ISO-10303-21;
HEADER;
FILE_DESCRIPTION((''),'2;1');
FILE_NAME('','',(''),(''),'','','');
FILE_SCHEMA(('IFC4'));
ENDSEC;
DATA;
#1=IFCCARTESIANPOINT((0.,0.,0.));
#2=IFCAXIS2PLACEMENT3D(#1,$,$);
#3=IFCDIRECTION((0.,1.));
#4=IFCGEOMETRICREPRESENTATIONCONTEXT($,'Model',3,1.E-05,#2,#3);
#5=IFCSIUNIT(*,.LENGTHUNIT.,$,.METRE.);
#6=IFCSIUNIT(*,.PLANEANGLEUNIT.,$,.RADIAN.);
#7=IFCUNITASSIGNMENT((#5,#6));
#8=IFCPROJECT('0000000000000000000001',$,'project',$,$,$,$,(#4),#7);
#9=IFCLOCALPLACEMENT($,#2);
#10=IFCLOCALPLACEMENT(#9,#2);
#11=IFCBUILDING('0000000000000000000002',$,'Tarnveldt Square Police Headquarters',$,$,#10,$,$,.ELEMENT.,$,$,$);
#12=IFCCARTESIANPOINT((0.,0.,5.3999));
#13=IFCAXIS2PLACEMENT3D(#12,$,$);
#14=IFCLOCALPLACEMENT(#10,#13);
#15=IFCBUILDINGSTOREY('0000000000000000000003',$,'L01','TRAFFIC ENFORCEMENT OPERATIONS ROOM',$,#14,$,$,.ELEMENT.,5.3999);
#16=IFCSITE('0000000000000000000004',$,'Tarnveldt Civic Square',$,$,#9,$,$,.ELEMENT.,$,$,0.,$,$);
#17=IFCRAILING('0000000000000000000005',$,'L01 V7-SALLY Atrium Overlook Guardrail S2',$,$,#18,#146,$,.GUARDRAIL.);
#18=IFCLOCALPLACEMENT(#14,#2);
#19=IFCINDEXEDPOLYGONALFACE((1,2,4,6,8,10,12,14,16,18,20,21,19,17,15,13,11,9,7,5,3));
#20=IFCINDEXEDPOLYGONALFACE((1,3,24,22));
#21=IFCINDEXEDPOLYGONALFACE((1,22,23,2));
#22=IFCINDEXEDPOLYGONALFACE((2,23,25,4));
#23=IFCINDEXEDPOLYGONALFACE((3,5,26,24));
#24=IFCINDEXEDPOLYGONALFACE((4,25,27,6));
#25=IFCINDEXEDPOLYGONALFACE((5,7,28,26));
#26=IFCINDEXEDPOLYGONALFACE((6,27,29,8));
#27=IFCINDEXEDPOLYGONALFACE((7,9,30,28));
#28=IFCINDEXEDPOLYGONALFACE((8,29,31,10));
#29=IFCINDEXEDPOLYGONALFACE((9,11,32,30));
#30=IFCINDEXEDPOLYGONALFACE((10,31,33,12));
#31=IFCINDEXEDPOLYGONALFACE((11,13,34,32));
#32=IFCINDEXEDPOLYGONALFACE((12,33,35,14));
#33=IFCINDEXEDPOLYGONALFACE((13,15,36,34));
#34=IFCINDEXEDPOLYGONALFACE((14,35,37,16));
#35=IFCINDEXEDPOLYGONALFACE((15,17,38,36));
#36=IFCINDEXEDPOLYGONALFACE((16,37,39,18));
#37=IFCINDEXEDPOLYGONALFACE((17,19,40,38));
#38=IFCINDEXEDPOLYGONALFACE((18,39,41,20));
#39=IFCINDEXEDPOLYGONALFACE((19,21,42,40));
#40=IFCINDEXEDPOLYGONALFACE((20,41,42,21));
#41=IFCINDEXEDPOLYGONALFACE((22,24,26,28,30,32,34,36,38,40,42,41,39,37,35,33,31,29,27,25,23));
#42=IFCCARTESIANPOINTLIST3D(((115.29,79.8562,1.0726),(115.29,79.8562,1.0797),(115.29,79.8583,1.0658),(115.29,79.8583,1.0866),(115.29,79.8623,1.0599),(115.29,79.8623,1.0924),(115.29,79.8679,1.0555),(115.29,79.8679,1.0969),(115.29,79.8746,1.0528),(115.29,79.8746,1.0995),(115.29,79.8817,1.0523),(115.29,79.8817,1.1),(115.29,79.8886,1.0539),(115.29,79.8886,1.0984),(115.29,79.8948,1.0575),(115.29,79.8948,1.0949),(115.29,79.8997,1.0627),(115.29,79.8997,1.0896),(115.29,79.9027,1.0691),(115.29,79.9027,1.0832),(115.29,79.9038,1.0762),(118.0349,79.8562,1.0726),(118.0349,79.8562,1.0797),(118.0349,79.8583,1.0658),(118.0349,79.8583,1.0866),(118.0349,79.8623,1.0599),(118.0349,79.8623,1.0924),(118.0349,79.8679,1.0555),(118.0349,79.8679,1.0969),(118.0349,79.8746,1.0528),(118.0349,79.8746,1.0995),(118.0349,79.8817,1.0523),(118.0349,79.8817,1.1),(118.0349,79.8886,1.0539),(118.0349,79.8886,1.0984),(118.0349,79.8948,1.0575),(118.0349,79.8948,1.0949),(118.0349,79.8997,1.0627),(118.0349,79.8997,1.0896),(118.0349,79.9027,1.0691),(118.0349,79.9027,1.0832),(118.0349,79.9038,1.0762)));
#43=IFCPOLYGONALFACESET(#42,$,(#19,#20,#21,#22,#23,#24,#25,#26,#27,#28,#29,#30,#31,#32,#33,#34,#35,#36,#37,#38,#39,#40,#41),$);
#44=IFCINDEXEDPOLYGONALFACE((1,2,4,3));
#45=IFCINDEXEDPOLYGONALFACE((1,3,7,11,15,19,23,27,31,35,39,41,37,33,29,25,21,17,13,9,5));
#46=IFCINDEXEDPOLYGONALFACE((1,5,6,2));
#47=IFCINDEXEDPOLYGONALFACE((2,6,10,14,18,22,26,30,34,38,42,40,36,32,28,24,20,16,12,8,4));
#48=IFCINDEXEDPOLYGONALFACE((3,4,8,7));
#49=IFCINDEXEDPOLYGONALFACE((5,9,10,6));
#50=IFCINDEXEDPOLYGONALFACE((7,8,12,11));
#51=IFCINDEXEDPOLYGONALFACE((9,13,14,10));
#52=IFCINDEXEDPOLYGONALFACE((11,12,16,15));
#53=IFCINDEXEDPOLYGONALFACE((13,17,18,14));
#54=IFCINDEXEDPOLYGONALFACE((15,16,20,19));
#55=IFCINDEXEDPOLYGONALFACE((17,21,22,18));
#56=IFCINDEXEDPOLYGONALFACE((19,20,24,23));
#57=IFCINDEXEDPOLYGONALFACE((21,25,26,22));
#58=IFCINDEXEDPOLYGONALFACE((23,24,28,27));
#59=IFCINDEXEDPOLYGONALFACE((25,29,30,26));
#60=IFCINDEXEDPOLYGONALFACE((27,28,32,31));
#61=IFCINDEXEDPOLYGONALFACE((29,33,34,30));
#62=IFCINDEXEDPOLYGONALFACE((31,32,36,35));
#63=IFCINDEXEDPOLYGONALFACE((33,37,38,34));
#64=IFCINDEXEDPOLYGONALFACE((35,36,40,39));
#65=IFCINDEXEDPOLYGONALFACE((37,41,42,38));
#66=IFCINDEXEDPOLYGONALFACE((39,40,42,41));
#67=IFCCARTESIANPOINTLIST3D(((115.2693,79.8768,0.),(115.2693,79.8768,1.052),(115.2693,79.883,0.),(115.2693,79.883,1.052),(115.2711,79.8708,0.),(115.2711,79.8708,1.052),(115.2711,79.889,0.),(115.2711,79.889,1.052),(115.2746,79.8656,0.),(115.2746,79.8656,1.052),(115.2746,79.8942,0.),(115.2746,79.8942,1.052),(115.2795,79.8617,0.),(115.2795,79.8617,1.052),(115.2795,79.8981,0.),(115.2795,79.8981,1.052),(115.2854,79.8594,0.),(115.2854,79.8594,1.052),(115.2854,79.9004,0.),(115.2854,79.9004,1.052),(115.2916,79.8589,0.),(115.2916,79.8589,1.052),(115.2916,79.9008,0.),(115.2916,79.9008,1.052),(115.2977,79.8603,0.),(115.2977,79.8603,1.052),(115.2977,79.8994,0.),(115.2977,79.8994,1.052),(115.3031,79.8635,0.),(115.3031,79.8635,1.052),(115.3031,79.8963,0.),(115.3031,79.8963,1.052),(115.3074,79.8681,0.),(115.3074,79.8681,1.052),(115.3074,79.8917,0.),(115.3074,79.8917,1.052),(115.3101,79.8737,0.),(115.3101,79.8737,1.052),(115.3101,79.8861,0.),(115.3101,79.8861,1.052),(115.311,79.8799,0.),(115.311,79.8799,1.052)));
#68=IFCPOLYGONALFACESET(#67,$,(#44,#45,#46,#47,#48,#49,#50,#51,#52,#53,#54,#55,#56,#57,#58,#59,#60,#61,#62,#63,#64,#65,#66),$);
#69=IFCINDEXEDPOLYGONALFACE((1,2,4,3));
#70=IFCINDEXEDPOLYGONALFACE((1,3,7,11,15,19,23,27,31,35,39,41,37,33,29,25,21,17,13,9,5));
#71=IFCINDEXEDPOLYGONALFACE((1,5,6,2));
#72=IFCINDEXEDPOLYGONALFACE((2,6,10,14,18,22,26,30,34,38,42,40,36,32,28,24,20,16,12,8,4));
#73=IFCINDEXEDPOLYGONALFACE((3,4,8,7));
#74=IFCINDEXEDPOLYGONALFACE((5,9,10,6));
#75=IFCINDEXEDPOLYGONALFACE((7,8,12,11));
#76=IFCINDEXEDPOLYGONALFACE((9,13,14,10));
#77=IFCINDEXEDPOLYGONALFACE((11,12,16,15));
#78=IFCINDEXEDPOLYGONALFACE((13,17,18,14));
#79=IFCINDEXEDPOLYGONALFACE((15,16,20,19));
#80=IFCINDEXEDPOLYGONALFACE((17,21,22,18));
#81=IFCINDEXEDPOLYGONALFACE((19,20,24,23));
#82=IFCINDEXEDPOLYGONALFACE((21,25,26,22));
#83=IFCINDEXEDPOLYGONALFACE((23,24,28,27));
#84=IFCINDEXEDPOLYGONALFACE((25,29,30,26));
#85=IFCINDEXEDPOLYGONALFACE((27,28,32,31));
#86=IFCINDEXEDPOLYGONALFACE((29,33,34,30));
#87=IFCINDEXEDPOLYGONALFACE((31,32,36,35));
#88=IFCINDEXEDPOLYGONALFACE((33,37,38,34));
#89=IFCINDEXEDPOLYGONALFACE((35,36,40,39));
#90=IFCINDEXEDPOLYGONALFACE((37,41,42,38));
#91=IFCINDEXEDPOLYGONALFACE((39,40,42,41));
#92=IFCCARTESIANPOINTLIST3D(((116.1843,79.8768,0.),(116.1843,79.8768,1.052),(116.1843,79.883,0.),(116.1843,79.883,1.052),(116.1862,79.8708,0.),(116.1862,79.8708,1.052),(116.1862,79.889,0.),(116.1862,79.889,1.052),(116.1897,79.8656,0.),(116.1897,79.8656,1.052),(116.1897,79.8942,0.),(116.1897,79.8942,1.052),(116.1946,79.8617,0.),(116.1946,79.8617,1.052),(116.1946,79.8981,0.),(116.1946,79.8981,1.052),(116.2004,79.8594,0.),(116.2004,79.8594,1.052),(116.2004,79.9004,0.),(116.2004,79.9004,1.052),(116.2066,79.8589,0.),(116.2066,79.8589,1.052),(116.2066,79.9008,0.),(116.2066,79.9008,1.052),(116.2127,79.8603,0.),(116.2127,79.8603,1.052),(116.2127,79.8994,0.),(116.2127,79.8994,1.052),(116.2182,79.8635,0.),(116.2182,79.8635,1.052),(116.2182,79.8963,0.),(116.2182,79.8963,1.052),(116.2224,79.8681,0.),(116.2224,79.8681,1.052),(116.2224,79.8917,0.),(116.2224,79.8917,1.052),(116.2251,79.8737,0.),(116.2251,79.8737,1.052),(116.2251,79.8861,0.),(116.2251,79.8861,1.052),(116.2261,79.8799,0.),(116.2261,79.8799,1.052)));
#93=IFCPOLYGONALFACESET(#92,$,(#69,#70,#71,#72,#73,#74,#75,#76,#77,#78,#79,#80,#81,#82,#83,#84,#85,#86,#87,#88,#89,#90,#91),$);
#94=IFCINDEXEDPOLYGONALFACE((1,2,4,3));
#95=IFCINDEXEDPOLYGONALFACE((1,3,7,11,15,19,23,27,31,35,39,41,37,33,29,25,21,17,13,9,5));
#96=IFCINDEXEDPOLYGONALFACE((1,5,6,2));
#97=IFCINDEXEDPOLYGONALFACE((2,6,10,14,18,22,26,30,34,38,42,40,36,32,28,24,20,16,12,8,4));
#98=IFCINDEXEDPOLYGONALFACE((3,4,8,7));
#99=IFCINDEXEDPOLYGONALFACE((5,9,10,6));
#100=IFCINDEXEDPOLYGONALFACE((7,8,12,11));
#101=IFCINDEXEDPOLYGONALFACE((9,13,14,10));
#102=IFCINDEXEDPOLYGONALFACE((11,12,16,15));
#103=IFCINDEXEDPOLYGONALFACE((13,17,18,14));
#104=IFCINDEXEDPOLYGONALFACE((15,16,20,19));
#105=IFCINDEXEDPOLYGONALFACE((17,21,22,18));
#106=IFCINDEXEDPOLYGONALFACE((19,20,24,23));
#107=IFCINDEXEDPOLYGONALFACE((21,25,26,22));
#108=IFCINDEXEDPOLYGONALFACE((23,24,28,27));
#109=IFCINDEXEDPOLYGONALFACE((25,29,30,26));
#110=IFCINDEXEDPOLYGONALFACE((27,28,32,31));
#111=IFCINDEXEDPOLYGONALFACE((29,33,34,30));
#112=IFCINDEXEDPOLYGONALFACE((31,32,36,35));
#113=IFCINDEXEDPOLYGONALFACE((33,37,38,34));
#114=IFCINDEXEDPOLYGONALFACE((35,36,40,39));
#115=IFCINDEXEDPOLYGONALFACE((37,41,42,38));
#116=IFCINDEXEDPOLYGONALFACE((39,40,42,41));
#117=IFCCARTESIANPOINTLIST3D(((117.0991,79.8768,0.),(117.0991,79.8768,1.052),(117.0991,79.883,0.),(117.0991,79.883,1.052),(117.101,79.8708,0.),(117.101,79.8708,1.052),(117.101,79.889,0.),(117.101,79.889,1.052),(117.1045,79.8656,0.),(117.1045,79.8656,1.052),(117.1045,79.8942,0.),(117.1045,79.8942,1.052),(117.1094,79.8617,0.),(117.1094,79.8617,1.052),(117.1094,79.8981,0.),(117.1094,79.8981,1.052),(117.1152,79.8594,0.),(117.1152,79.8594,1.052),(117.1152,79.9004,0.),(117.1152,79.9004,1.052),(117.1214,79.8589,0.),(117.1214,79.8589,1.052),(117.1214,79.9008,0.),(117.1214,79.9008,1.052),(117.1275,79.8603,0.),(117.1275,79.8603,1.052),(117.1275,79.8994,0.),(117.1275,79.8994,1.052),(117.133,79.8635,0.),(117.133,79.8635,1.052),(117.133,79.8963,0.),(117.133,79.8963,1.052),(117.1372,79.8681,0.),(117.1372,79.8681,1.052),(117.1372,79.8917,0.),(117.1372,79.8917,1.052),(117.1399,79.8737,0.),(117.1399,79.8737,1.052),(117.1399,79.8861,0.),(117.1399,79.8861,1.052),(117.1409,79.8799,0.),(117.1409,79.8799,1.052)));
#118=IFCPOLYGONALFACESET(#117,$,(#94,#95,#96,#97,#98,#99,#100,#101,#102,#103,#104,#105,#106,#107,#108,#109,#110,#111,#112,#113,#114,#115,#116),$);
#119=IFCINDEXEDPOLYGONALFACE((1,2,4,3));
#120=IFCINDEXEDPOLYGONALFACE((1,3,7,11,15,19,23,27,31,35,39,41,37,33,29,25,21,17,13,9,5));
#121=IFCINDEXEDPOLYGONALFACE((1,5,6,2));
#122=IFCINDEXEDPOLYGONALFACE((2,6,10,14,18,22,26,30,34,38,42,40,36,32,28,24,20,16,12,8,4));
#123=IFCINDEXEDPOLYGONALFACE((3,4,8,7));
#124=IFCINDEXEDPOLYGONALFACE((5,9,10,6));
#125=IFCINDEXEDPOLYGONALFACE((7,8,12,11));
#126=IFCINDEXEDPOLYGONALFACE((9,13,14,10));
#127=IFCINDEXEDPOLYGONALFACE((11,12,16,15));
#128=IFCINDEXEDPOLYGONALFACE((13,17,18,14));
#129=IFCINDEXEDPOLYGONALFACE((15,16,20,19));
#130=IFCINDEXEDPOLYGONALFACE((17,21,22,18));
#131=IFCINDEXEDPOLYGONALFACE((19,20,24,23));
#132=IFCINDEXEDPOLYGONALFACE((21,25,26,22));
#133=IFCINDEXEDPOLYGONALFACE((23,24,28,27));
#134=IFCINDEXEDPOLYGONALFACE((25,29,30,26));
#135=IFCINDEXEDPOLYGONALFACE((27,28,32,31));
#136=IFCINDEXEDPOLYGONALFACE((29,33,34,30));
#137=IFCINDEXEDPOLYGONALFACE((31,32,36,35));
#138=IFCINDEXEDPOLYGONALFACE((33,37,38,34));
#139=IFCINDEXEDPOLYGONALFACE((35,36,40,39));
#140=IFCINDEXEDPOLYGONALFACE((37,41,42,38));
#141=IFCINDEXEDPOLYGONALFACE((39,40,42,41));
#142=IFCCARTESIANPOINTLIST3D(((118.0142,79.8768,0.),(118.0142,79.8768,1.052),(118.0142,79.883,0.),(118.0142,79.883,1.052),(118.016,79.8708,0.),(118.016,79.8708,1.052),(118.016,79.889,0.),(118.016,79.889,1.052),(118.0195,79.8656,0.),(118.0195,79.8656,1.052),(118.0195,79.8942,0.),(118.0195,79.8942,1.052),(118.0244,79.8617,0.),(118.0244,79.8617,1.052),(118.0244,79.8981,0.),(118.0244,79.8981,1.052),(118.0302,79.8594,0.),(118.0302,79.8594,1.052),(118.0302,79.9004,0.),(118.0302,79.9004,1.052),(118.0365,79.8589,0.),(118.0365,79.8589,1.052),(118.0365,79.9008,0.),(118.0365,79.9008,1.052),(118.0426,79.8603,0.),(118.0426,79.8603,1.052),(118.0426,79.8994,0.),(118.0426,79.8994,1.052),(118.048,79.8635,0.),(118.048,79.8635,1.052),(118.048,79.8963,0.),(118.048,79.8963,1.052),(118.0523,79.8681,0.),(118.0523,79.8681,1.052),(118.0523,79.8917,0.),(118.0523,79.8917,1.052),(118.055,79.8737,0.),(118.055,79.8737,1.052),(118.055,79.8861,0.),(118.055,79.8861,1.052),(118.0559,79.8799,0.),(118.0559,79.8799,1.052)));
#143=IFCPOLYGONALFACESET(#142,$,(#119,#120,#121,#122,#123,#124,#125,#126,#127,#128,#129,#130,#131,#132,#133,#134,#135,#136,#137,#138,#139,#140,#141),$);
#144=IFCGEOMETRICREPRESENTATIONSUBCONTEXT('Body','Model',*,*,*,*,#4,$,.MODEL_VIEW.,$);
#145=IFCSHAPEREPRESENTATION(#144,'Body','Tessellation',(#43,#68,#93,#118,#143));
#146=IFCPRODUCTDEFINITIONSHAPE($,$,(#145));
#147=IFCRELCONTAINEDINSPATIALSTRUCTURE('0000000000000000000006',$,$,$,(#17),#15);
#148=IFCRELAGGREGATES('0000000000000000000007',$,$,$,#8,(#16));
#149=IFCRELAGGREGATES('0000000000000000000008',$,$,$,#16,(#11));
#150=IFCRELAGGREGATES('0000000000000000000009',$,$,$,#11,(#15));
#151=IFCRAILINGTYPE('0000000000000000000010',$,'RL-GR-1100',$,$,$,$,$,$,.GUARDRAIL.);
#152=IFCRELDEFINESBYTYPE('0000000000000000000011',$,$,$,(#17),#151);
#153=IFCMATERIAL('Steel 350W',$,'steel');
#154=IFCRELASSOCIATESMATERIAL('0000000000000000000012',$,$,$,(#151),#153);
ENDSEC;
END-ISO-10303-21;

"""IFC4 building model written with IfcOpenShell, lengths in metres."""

from ifc_helpers import new_model, si_unit, direction, frame, origin, origin_2d, place, context, subcontext, project, spatial, circle, extrude, material, type_object, element, save


model = new_model("IFC4")

# Units and contexts
model_context = context("Model", 3, precision=1e-05, world=origin(), true_north=direction((0.0, 1.0)))
body_context = subcontext(model_context, "Body", "Model", "MODEL_VIEW")
ifc_project = project(units=[si_unit("LENGTHUNIT", "METRE"), si_unit("PLANEANGLEUNIT", "RADIAN")], contexts=[model_context])

# Site, building, storey
site_placement = place(None, origin())
site = spatial("IfcSite", under=ifc_project, at=site_placement, Name="Tarnveldt Civic Square", CompositionType="ELEMENT", RefElevation=0.0)
building_placement = place(site_placement, origin())
building = spatial("IfcBuilding", under=site, at=building_placement, Name="Tarnveldt Square Police Headquarters", CompositionType="ELEMENT")
storey_placement = place(building_placement, frame((0.0, 0.0, 5.3999)))
storey = spatial("IfcBuildingStorey", under=building, at=storey_placement, Name="L01", Description="TRAFFIC ENFORCEMENT OPERATIONS ROOM", CompositionType="ELEMENT", Elevation=5.3999)

# Shared definitions
ifc_material_1 = material(Name="Steel 350W", Category="steel")

# Railing
railing_type = type_object("IfcRailingType", Name="RL-GR-1100", PredefinedType="GUARDRAIL", material=ifc_material_1)
railing_1_placement = place(storey_placement, frame((115.29, 79.8799, 0.0)))
element("IfcRailing", 1, at=railing_1_placement, inside=storey, type_object=railing_type, Name="L01 V7-SALLY Atrium Overlook Guardrail S2", PredefinedType="GUARDRAIL", context=body_context, shape_type="SweptSolid", body=[
    extrude(circle(Radius=0.0239, at=origin_2d()), frame((0.0, 0.0, 1.0762), z_axis=(1.0, 0.0, 0.0), x_axis=(0.0, 1.0, 0.0)), (0.0, 0.0, 1.0), 2.7449),
    extrude(circle(Radius=0.021, at=origin_2d()), origin(), (0.0, 0.0, 1.0), 1.052),
    extrude(circle(Radius=0.021, at=origin_2d()), frame((0.915, 0.0, 0.0)), (0.0, 0.0, 1.0), 1.052),
    extrude(circle(Radius=0.021, at=origin_2d()), frame((1.8298, 0.0, 0.0)), (0.0, 0.0, 1.0), 1.052),
    extrude(circle(Radius=0.021, at=origin_2d()), frame((2.7449, 0.0, 0.0)), (0.0, 0.0, 1.0), 1.052),
])

save(model, "model.ifc")
